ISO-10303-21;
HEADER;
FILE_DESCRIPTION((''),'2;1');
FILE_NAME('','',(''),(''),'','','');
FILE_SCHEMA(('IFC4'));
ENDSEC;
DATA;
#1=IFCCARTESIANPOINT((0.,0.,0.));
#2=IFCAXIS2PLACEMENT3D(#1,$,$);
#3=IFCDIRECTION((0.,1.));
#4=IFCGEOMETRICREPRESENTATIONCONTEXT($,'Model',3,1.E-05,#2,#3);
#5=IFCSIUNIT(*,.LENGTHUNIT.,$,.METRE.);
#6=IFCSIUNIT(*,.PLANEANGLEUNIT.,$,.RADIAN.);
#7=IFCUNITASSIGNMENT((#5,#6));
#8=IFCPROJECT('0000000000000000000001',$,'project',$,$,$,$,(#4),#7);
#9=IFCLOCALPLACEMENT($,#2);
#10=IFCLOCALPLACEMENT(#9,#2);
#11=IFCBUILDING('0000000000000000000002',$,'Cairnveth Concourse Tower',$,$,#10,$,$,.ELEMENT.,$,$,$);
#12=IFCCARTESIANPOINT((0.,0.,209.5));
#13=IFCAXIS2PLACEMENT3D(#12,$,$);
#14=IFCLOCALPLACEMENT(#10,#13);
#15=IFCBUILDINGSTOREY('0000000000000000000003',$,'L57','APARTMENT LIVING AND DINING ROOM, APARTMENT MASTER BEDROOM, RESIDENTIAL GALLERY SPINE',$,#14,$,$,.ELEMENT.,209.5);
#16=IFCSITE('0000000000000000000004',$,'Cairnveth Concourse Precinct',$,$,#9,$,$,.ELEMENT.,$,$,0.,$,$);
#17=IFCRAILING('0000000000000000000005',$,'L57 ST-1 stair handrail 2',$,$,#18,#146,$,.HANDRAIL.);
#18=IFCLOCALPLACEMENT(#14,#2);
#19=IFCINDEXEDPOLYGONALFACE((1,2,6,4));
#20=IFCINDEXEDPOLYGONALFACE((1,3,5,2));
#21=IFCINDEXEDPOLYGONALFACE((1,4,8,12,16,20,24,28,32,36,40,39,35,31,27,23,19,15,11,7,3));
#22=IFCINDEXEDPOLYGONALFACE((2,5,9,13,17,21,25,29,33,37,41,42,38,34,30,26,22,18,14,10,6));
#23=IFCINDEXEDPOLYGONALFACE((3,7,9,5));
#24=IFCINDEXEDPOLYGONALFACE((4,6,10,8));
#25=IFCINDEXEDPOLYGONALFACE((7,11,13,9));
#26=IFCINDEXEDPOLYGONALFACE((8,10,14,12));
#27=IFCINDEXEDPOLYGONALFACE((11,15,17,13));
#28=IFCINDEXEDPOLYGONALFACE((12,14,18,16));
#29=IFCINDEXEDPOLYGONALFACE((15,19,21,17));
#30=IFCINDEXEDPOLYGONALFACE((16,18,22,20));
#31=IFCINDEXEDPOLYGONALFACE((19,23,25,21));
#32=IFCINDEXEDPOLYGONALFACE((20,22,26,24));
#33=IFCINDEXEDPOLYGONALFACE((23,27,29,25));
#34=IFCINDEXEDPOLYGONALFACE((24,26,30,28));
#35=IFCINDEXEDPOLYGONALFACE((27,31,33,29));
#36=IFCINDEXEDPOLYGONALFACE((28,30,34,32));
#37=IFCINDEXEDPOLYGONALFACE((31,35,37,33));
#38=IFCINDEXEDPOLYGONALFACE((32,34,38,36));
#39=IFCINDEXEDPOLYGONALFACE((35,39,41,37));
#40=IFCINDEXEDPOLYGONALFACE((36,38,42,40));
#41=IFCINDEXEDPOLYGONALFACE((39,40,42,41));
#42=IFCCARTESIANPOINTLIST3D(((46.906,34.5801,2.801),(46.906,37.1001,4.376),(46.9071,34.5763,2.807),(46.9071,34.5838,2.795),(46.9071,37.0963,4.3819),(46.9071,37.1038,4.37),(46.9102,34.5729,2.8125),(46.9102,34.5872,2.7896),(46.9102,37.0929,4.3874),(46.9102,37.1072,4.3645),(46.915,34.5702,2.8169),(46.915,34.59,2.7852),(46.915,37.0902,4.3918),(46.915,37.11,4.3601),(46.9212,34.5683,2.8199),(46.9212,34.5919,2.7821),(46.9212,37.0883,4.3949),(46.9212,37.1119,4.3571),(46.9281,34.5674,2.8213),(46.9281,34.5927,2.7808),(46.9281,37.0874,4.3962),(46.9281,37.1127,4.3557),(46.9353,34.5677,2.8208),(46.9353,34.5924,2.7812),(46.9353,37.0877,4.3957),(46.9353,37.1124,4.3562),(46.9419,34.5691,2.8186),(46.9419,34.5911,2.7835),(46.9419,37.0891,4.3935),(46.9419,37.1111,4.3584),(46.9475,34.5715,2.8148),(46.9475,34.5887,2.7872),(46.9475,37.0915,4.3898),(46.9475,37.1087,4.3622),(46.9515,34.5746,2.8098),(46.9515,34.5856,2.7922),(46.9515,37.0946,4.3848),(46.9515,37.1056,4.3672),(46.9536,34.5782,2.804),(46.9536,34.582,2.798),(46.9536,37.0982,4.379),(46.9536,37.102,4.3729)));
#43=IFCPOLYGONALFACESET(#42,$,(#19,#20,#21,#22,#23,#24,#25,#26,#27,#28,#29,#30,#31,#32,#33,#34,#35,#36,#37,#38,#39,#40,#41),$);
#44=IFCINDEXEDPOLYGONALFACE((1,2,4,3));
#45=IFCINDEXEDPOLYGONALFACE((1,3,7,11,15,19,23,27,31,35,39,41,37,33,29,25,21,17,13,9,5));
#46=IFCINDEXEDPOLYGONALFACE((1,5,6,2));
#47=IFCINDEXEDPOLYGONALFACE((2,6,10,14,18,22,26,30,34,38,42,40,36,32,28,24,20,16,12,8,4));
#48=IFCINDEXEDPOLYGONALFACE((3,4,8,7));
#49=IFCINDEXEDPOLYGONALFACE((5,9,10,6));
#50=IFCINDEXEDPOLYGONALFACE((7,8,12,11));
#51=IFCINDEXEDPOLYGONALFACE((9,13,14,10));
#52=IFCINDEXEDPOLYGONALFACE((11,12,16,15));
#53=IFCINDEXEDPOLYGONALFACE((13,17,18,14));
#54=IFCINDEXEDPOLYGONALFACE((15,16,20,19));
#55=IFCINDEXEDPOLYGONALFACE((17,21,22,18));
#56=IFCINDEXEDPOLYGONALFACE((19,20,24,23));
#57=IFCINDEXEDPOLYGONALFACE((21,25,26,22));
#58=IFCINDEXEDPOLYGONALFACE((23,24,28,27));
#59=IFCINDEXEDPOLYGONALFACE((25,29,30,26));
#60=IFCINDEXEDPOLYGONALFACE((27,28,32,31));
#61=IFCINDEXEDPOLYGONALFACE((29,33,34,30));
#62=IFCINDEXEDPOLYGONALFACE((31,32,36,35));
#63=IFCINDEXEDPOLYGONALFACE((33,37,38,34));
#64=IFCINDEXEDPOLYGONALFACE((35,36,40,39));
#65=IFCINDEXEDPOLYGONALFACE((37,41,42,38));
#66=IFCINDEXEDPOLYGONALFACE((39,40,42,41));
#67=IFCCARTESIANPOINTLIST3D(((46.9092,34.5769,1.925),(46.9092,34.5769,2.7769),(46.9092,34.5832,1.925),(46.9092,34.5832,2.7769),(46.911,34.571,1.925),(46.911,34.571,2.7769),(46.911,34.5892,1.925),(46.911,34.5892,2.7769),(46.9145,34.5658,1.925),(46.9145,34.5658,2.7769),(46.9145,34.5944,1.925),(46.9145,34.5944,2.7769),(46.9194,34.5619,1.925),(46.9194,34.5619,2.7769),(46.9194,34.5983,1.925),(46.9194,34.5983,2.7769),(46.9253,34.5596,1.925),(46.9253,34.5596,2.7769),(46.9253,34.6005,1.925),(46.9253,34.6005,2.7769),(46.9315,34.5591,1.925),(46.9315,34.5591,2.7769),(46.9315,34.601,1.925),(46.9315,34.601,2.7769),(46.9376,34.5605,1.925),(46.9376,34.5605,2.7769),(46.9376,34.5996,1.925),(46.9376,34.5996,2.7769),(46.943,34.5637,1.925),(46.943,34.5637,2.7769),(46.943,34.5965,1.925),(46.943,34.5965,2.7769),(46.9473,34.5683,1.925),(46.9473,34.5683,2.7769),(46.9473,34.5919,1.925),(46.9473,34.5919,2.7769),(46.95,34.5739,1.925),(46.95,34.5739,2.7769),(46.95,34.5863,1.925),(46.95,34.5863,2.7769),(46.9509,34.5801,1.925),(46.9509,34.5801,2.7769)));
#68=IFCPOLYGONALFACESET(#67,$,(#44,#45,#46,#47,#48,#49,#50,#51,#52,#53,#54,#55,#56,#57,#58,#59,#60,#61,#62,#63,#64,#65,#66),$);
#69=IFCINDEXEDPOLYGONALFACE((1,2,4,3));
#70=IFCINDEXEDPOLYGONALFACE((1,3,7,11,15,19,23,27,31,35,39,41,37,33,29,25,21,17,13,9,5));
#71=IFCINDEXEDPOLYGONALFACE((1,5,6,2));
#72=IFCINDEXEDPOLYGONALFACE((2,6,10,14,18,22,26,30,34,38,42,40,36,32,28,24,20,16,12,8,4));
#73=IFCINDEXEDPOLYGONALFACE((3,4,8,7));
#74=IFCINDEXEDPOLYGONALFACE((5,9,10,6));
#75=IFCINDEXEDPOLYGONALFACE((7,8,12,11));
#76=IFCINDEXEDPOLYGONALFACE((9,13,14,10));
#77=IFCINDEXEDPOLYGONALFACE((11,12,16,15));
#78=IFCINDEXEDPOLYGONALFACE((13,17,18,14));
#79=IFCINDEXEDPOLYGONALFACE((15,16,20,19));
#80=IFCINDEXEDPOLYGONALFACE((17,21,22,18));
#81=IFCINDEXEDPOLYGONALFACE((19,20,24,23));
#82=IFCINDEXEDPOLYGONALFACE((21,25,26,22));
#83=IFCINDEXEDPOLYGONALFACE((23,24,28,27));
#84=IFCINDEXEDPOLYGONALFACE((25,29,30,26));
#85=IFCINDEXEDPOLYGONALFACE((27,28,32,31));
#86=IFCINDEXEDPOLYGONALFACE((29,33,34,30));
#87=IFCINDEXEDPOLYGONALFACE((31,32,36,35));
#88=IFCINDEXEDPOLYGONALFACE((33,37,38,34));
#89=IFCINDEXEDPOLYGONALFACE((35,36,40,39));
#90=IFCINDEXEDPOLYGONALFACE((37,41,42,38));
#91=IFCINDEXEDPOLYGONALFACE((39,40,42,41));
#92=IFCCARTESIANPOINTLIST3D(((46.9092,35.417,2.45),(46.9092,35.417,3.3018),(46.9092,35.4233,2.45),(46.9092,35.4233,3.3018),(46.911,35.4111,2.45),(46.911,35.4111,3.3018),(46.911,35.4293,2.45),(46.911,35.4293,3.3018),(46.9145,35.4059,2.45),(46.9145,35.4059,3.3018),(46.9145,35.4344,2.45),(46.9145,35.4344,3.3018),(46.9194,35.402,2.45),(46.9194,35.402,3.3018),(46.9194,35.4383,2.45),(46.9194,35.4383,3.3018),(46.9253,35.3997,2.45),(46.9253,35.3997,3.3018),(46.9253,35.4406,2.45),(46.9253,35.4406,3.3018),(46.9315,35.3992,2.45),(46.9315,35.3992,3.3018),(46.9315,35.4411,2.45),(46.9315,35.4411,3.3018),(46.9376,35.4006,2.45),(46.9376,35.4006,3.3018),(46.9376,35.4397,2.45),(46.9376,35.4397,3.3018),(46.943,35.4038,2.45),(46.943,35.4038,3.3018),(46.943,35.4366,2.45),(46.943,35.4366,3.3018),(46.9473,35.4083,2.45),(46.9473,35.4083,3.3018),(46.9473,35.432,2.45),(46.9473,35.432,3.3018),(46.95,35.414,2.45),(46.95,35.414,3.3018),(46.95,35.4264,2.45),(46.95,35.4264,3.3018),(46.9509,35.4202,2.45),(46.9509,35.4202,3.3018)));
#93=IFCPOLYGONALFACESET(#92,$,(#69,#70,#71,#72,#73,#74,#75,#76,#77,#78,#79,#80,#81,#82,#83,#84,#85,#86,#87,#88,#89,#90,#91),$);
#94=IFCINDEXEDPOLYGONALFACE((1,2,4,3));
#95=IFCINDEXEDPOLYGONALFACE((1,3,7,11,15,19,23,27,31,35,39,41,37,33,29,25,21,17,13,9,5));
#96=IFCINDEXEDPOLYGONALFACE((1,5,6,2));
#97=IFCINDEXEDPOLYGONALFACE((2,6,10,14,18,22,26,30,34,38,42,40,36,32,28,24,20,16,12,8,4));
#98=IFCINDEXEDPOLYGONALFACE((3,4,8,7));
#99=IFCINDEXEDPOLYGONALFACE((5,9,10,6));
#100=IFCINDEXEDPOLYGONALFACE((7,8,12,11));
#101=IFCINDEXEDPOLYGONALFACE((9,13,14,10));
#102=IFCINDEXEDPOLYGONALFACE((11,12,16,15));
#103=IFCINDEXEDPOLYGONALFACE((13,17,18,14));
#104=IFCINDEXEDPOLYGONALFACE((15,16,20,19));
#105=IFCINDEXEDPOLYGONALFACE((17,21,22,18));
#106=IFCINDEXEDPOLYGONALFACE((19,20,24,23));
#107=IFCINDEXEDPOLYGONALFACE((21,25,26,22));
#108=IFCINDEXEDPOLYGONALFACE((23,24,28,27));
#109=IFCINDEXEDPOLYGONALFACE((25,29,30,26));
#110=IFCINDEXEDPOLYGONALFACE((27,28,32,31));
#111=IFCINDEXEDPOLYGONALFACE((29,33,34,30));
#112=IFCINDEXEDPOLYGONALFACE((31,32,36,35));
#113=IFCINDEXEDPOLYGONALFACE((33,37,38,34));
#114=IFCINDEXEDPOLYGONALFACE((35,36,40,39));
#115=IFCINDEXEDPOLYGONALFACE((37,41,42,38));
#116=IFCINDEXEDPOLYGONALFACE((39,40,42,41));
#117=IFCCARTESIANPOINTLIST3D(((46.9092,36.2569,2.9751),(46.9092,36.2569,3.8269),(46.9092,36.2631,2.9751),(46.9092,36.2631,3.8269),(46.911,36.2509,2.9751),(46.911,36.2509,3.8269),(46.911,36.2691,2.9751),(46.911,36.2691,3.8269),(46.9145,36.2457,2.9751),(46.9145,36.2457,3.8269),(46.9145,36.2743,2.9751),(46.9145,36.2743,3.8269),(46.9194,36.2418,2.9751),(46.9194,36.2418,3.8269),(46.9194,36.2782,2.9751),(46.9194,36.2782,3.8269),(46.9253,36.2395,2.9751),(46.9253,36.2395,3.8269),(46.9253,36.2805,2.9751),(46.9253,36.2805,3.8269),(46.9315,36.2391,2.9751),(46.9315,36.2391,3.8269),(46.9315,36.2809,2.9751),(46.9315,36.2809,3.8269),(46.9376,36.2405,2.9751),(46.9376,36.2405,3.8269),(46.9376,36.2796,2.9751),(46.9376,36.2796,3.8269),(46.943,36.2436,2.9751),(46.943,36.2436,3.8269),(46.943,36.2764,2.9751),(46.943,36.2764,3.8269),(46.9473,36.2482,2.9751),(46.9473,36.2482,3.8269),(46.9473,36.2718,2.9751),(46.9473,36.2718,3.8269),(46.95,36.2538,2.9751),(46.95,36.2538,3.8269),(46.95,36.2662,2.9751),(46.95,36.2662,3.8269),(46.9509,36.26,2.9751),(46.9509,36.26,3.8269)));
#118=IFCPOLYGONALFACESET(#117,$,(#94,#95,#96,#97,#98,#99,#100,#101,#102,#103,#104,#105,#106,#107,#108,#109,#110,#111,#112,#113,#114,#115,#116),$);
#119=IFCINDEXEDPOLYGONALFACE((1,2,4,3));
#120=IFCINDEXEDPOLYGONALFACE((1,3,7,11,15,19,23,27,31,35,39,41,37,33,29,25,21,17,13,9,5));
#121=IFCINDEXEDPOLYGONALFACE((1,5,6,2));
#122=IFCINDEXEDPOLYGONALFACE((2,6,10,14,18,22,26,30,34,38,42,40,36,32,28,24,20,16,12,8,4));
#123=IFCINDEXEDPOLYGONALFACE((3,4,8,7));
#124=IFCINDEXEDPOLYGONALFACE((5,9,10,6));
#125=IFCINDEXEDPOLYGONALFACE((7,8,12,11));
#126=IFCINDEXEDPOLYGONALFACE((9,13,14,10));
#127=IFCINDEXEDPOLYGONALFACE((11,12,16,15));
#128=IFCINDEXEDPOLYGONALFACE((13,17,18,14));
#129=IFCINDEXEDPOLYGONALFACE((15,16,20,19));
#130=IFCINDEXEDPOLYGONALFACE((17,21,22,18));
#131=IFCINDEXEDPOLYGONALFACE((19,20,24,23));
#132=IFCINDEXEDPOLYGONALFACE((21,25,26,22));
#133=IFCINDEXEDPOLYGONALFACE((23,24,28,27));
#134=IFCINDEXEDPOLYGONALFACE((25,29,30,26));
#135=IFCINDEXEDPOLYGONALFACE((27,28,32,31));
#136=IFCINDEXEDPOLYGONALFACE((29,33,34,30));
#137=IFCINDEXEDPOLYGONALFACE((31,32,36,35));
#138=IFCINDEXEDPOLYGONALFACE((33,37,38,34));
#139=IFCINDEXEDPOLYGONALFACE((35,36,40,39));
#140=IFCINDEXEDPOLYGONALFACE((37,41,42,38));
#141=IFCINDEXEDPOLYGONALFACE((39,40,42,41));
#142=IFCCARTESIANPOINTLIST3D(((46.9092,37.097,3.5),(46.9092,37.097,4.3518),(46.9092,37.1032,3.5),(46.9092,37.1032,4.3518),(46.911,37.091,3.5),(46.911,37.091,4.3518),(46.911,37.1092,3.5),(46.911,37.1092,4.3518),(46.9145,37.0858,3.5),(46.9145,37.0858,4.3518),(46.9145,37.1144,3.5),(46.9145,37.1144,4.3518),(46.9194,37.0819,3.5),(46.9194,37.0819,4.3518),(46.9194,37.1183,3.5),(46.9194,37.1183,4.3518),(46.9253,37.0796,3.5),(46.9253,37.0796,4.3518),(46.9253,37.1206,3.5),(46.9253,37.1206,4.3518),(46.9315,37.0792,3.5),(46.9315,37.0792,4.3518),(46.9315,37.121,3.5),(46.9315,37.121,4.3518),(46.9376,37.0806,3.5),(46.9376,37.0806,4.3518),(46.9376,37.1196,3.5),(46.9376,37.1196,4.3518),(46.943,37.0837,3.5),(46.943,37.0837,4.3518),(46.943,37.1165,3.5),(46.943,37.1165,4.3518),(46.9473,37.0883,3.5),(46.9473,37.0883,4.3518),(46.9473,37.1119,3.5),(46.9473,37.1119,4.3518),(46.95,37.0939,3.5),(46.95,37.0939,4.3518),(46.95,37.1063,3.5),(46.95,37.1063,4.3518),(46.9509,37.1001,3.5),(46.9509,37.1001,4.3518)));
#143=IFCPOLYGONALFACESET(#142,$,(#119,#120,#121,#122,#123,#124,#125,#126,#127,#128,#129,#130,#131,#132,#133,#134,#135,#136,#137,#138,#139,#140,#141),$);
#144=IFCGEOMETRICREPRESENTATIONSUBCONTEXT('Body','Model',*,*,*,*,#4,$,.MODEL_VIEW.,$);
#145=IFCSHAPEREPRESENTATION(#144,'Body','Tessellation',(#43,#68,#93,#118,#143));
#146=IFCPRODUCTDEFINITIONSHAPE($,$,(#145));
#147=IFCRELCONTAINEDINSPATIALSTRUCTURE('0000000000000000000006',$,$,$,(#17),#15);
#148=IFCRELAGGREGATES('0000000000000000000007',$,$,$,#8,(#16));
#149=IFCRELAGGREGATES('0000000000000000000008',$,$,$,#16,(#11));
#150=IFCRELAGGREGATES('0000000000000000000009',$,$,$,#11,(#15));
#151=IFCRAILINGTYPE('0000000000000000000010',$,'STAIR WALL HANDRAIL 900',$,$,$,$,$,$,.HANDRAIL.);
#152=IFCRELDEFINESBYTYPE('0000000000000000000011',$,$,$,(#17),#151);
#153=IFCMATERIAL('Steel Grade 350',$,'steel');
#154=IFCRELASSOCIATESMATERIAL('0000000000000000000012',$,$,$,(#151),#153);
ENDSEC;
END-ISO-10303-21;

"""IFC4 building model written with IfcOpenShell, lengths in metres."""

from ifc_helpers import new_model, si_unit, direction, frame, origin, origin_2d, place, context, subcontext, project, spatial, circle, extrude, material, type_object, element, save


model = new_model("IFC4")

# Units and contexts
model_context = context("Model", 3, precision=1e-05, world=origin(), true_north=direction((0.0, 1.0)))
body_context = subcontext(model_context, "Body", "Model", "MODEL_VIEW")
ifc_project = project(units=[si_unit("LENGTHUNIT", "METRE"), si_unit("PLANEANGLEUNIT", "RADIAN")], contexts=[model_context])

# Site, building, storey
site_placement = place(None, origin())
site = spatial("IfcSite", under=ifc_project, at=site_placement, Name="Cairnveth Concourse Precinct", CompositionType="ELEMENT", RefElevation=0.0)
building_placement = place(site_placement, origin())
building = spatial("IfcBuilding", under=site, at=building_placement, Name="Cairnveth Concourse Tower", CompositionType="ELEMENT")
storey_placement = place(building_placement, frame((0.0, 0.0, 209.5)))
storey = spatial("IfcBuildingStorey", under=building, at=storey_placement, Name="L57", Description="APARTMENT LIVING AND DINING ROOM, APARTMENT MASTER BEDROOM, RESIDENTIAL GALLERY SPINE", CompositionType="ELEMENT", Elevation=209.5)

# Railing
ifc_material_1 = material(Name="Steel Grade 350", Category="steel")
railing_type_1 = type_object("IfcRailingType", Name="STAIR WALL HANDRAIL 900", PredefinedType="HANDRAIL", material=ifc_material_1)
railing_1_placement = place(storey_placement, frame((46.9299, 34.5801, 1.925)))
element("IfcRailing", 1, at=railing_1_placement, inside=storey, type_object=railing_type_1, Name="L57 ST-1 stair handrail 2", PredefinedType="HANDRAIL", context=body_context, shape_type="SweptSolid", body=[
    extrude(circle(Radius=0.0239, at=origin_2d()), frame((0.0, 0.0, 0.876), z_axis=(0.0, 0.848008, 0.529984), x_axis=(-1.0, 0.0, 0.0)), (0.0, 0.0, 1.0), 2.9717),
    extrude(circle(Radius=0.021, at=origin_2d()), origin(), (0.0, 0.0, 1.0), 0.8518),
    extrude(circle(Radius=0.021, at=origin_2d()), frame((0.0, 0.8401, 0.5249)), (0.0, 0.0, 1.0), 0.8518),
    extrude(circle(Radius=0.021, at=origin_2d()), frame((0.0, 1.6799, 1.05)), (0.0, 0.0, 1.0), 0.8518),
    extrude(circle(Radius=0.021, at=origin_2d()), frame((0.0, 2.52, 1.575)), (0.0, 0.0, 1.0), 0.8518),
])

save(model, "model.ifc")
